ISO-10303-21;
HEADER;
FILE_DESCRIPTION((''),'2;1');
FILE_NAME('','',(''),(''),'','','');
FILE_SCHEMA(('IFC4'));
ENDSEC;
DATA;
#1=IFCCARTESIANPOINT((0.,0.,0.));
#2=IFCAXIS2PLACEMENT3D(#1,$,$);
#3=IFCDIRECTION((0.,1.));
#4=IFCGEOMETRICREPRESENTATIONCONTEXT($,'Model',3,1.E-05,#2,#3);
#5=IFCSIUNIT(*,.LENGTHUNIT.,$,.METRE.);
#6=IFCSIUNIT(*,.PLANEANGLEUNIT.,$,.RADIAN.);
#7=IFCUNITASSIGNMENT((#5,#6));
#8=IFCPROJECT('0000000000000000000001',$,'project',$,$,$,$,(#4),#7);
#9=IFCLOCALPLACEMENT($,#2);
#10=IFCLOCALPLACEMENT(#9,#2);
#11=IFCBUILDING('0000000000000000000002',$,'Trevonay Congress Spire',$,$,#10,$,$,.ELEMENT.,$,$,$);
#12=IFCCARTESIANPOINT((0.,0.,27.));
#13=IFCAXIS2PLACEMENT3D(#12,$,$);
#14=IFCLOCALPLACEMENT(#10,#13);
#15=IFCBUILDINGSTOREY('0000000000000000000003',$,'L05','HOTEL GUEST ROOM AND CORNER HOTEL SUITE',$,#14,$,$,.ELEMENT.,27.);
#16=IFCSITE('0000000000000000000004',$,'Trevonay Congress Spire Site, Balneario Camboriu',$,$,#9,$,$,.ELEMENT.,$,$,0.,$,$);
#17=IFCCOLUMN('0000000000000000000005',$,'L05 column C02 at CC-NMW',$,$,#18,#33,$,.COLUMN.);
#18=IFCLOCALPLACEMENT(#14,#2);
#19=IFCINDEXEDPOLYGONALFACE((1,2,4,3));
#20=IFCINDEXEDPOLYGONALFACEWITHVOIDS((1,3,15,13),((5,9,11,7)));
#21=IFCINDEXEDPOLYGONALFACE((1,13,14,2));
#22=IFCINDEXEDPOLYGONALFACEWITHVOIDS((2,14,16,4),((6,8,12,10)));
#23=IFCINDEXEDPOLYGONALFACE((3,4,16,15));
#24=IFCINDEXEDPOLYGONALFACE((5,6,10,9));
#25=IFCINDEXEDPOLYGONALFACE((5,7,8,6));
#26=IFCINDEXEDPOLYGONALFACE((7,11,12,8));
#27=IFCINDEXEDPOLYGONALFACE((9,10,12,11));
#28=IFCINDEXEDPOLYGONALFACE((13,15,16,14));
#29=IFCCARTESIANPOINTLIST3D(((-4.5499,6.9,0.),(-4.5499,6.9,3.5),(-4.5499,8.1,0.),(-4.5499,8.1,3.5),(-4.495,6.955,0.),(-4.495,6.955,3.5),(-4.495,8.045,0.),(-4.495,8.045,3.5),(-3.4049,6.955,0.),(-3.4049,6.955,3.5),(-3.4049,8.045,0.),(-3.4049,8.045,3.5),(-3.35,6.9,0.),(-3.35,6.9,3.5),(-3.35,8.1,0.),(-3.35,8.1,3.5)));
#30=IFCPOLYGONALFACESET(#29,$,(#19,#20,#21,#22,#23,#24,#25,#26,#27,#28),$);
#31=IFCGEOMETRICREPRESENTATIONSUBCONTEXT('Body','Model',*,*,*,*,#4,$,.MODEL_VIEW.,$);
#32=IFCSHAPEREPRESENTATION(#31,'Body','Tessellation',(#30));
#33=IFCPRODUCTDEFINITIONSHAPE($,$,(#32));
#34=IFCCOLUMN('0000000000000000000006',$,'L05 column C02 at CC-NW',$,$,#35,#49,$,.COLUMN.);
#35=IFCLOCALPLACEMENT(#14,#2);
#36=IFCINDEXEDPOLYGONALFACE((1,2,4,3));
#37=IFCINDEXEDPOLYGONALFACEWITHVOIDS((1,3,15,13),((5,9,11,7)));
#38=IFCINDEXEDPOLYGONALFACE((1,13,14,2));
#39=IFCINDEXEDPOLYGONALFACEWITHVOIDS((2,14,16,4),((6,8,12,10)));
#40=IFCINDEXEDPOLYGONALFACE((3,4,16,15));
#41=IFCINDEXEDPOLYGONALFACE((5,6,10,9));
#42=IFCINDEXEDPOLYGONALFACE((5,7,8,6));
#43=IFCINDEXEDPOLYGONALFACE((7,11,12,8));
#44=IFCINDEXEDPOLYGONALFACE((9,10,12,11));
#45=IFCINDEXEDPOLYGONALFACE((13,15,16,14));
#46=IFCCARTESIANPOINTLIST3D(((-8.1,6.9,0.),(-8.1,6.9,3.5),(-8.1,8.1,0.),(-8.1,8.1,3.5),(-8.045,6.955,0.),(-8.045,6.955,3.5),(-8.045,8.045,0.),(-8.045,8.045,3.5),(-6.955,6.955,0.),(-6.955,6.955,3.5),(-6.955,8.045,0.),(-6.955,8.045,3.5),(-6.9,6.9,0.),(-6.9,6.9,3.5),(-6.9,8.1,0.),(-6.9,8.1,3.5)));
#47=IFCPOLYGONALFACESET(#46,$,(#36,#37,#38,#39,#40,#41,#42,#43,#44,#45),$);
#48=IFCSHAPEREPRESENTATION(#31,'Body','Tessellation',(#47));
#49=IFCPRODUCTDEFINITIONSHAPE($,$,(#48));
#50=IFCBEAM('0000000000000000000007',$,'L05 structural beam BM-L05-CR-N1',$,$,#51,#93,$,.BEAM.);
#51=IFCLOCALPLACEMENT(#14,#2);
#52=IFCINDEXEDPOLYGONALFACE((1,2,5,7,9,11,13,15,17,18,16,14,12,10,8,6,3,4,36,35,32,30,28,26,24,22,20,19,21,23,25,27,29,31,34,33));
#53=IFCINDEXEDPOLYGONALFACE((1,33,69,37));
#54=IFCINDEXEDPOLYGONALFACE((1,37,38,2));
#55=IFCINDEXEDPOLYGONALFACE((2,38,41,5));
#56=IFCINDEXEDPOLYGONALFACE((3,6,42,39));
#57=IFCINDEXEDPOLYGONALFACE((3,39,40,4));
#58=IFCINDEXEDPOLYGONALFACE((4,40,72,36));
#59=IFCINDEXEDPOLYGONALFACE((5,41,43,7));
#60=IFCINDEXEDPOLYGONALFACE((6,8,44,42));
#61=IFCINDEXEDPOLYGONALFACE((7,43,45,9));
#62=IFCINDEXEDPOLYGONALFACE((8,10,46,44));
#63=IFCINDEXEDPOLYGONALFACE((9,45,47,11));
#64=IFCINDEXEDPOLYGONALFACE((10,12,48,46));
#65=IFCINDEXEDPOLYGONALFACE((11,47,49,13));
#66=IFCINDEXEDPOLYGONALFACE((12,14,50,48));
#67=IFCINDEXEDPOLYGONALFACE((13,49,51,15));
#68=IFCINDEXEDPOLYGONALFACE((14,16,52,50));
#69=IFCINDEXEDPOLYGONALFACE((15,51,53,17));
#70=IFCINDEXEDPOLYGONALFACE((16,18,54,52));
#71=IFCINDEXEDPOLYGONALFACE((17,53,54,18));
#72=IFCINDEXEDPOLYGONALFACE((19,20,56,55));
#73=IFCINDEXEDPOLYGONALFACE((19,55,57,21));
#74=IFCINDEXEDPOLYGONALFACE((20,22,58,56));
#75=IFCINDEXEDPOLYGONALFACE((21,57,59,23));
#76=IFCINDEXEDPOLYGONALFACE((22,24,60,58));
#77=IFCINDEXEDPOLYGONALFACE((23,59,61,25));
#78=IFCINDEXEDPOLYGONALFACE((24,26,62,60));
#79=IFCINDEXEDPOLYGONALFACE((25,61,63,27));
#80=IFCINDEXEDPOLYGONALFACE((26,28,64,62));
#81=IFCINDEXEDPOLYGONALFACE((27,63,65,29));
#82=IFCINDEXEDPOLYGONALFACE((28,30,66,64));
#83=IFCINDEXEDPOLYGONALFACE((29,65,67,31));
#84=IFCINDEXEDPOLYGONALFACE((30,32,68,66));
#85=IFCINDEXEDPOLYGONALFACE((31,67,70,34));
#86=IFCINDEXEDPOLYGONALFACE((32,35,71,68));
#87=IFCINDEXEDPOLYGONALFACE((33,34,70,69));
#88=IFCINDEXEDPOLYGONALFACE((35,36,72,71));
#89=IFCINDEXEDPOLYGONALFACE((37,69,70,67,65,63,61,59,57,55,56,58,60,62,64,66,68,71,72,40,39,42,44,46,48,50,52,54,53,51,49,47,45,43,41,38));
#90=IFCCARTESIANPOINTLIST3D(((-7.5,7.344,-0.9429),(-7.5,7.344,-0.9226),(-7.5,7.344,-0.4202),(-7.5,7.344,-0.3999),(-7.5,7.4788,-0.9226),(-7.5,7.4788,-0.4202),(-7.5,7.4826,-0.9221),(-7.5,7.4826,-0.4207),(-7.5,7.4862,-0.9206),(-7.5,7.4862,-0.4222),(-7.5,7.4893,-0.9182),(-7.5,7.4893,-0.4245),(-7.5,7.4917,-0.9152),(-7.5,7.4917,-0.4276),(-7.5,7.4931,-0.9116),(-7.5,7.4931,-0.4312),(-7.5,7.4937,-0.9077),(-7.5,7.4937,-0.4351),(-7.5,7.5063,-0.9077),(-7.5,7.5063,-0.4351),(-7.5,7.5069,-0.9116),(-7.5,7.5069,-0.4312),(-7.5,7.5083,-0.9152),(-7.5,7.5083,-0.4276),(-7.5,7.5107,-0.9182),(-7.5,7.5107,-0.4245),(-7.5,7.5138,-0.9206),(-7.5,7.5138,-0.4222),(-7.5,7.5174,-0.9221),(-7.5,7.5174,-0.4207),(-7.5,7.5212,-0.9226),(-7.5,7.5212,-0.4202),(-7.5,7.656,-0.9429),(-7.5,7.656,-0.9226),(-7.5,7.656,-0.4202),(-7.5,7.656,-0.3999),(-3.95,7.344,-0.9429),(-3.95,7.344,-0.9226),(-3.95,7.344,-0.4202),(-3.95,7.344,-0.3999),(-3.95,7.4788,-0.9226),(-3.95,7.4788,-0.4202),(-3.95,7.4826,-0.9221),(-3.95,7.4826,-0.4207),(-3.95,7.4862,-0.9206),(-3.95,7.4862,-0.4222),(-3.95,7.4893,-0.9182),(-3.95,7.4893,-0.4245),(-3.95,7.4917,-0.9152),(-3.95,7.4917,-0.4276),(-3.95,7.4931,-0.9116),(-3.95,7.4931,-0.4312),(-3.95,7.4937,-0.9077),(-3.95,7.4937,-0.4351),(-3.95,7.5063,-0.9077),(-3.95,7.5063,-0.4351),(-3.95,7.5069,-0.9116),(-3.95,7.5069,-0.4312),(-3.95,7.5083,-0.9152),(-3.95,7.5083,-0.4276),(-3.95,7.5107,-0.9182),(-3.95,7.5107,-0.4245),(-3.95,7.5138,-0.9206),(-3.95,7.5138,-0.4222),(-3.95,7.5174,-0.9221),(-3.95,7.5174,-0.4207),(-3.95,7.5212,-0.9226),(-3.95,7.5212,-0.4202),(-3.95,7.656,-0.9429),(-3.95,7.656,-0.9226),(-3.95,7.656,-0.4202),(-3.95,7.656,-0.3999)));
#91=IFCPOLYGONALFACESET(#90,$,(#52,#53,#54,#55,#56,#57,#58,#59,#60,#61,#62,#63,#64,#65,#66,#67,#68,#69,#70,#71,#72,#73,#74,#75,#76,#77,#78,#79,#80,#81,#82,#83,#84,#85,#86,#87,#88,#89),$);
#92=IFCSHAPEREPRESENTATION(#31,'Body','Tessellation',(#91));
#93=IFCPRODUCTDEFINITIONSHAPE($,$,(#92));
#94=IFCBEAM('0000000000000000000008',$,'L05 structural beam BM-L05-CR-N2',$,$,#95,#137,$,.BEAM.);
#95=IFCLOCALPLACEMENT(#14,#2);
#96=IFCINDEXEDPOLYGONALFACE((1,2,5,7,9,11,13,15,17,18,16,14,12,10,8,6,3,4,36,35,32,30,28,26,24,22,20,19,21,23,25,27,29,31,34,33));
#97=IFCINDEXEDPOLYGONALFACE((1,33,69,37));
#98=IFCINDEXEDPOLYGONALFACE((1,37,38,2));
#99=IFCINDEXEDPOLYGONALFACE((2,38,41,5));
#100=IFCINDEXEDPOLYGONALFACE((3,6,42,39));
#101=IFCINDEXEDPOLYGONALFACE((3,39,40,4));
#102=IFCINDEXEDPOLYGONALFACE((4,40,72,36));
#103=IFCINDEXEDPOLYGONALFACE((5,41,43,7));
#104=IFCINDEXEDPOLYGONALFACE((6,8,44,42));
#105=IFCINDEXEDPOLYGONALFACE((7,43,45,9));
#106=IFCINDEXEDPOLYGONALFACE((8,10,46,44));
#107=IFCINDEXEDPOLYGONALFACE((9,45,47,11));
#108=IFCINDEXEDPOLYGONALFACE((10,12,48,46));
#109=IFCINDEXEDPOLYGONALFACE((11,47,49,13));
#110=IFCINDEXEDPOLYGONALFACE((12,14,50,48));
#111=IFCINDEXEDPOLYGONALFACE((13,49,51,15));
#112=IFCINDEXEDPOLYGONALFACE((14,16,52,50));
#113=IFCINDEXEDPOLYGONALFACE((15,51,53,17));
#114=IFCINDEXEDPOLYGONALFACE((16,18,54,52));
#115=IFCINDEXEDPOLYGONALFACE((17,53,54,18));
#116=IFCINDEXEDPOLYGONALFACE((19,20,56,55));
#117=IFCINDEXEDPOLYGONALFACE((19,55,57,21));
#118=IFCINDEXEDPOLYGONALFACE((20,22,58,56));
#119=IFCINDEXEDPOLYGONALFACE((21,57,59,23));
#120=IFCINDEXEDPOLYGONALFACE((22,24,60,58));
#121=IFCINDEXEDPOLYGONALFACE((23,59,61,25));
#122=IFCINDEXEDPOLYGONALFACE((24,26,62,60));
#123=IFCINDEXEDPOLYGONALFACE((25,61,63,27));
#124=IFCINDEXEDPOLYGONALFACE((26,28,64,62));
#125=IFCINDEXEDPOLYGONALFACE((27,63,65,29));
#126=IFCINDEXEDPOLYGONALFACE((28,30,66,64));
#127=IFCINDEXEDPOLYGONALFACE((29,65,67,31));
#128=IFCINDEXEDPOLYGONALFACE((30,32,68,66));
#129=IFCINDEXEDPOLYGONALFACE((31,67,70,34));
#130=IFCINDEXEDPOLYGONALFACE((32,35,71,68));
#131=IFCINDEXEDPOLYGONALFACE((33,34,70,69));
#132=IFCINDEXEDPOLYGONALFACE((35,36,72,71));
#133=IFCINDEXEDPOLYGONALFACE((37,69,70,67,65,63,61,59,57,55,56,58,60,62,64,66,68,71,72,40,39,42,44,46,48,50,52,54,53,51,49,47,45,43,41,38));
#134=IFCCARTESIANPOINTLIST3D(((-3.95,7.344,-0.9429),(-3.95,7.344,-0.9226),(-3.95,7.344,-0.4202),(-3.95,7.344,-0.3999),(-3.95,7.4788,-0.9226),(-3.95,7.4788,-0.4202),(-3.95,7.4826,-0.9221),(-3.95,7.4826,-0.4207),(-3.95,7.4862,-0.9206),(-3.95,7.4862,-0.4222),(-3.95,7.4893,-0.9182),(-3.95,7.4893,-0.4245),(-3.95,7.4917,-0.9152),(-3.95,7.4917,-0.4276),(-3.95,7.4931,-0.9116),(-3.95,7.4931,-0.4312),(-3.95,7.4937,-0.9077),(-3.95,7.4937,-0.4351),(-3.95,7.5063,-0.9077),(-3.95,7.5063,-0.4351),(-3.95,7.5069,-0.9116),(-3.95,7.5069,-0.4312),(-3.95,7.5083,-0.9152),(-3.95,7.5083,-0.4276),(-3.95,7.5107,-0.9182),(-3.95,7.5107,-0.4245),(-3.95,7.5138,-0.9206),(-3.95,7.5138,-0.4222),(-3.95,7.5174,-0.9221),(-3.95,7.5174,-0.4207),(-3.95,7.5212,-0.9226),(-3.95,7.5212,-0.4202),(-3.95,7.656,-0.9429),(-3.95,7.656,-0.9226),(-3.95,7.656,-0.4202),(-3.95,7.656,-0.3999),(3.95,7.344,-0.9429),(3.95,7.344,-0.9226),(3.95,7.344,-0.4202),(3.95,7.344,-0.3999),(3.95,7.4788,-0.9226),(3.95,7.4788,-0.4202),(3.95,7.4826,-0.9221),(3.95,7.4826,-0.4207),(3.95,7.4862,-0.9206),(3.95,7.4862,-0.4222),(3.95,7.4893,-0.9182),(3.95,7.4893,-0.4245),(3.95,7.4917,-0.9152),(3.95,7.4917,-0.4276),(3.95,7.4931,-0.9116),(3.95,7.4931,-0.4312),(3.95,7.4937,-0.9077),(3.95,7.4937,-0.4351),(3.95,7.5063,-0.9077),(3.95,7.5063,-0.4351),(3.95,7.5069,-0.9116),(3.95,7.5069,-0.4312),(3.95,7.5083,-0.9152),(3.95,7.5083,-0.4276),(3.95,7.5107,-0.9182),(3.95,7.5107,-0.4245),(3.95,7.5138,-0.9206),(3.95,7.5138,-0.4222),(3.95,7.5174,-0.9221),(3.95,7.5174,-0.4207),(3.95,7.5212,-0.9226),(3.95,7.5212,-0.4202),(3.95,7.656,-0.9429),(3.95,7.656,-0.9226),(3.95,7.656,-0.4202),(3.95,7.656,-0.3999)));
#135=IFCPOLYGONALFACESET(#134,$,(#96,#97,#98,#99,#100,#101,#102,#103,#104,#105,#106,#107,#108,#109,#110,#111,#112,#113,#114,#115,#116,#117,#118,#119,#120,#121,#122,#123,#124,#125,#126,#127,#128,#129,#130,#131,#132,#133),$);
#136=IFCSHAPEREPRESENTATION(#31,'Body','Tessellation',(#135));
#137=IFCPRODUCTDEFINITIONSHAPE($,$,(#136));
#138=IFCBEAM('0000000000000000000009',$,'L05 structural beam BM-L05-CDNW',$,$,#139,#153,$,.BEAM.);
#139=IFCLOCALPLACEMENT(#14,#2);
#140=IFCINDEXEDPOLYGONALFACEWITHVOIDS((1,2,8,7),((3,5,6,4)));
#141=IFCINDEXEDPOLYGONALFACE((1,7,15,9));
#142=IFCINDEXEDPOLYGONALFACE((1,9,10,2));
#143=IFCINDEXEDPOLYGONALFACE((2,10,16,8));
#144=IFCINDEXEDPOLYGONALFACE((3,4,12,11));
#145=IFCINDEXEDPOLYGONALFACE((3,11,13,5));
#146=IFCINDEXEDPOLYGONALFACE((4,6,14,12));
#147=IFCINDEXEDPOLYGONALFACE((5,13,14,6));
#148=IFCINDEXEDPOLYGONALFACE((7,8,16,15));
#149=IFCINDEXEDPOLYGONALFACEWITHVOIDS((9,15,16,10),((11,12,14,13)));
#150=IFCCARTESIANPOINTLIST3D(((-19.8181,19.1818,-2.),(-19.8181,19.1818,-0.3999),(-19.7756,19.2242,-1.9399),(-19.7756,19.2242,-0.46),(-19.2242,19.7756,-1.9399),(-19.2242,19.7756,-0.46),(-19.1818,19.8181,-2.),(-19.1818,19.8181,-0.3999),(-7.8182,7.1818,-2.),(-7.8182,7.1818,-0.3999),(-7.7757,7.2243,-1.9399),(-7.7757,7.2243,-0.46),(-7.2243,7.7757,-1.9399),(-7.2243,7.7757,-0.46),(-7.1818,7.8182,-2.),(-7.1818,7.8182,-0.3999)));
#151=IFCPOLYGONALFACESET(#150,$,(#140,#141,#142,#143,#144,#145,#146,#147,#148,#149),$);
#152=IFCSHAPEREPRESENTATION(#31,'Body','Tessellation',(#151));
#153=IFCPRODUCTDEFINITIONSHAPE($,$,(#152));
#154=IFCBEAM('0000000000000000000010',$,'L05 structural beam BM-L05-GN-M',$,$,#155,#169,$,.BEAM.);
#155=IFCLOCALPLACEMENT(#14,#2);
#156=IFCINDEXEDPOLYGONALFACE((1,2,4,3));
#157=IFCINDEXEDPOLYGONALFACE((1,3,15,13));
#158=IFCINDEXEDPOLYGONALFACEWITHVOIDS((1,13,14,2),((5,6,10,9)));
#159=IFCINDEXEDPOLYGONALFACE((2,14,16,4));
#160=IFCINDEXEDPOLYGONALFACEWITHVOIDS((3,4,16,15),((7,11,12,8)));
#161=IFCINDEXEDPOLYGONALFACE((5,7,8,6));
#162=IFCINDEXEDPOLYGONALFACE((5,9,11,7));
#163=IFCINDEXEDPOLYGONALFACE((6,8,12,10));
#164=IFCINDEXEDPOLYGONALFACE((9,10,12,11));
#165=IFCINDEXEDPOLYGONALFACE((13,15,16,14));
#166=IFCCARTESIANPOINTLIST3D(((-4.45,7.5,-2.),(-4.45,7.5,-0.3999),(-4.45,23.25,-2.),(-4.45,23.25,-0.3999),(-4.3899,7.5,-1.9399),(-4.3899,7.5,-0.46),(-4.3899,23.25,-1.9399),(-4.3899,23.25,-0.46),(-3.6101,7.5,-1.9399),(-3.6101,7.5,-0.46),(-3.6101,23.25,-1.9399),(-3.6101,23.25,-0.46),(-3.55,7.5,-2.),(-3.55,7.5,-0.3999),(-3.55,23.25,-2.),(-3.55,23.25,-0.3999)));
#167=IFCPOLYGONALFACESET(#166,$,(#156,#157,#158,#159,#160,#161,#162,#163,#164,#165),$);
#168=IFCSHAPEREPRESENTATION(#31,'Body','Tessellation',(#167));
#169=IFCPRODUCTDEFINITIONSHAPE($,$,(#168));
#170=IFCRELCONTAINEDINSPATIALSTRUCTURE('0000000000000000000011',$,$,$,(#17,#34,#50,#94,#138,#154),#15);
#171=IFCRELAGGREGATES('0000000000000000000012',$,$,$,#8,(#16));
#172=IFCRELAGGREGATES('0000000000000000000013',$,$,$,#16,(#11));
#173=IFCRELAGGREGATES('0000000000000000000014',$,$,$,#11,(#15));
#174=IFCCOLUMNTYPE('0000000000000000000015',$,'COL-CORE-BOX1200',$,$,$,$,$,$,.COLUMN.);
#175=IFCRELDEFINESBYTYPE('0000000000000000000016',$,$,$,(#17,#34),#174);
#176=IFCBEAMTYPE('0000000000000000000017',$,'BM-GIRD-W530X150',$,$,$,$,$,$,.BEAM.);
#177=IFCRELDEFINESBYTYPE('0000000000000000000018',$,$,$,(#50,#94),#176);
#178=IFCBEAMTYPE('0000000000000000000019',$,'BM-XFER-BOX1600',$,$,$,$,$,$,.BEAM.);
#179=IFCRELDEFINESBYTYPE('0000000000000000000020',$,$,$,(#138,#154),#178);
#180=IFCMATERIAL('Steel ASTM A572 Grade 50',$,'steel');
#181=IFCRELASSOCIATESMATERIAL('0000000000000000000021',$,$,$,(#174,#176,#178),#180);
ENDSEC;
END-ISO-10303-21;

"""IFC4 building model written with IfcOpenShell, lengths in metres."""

from ifc_helpers import new_model, si_unit, direction, frame, origin, origin_2d, place, context, subcontext, project, spatial, hollow_rectangle, i_section, extrude, material, material_profile, profile_set, type_object, element, save


model = new_model("IFC4")

# Units and contexts
model_context = context("Model", 3, precision=1e-05, world=origin(), true_north=direction((0.0, 1.0)))
body_context = subcontext(model_context, "Body", "Model", "MODEL_VIEW")
ifc_project = project(units=[si_unit("LENGTHUNIT", "METRE"), si_unit("PLANEANGLEUNIT", "RADIAN")], contexts=[model_context])

# Site, building, storey
site_placement = place(None, origin())
site = spatial("IfcSite", under=ifc_project, at=site_placement, Name="Trevonay Congress Spire Site, Balneario Camboriu", CompositionType="ELEMENT", RefElevation=0.0)
building_placement = place(site_placement, origin())
building = spatial("IfcBuilding", under=site, at=building_placement, Name="Trevonay Congress Spire", CompositionType="ELEMENT")
storey_placement = place(building_placement, frame((0.0, 0.0, 27.0)))
storey = spatial("IfcBuildingStorey", under=building, at=storey_placement, Name="L05", Description="HOTEL GUEST ROOM AND CORNER HOTEL SUITE", CompositionType="ELEMENT", Elevation=27.0)

# Columns
ifc_material_1 = material(Name="Steel ASTM A572 Grade 50", Category="steel")
ifc_material_profile_1 = material_profile(ifc_material_1, hollow_rectangle(XDim=1.2, YDim=1.2, WallThickness=0.0549, at=origin_2d()), Name="BOX 1200x1200x55")
ifc_profile_set_1 = profile_set([ifc_material_profile_1], Name="Steel ASTM A572 Grade 50")
column_type = type_object("IfcColumnType", Name="COL-CORE-BOX1200", PredefinedType="COLUMN", material=ifc_profile_set_1)
for number, where, z_axis, x_axis, name in (
    (1, (-3.95, 7.5, 0.0), (0.0, 0.0, 1.0), (1.0, 0.0, 0.0), "L05 column C02 at CC-NMW"),
    (2, (-7.5, 7.5, 0.0), (0.0, 0.0, 1.0), (1.0, 0.0, 0.0), "L05 column C02 at CC-NW"),
):
    element("IfcColumn", number, at=place(storey_placement, frame(where, z_axis=z_axis, x_axis=x_axis)), inside=storey, type_object=column_type, Name=name, PredefinedType="COLUMN", context=body_context, shape_type="SweptSolid", body=[
        extrude(hollow_rectangle(XDim=1.2, YDim=1.2, WallThickness=0.0549, at=origin_2d()), origin(), (0.0, 0.0, 1.0), 3.5),
    ])

# Beams
ifc_material_profile_2 = material_profile(ifc_material_1, i_section(OverallWidth=0.312, OverallDepth=0.543, WebThickness=0.0127, FlangeThickness=0.0203, FilletRadius=0.0149, at=origin_2d()), Name="W530x150")
ifc_profile_set_2 = profile_set([ifc_material_profile_2], Name="Steel ASTM A572 Grade 50")
beam_type_1 = type_object("IfcBeamType", Name="BM-GIRD-W530X150", PredefinedType="BEAM", material=ifc_profile_set_2)
beam_1_placement = place(storey_placement, frame((-7.5, 7.5, -0.6714), z_axis=(1.0, 0.0, 0.0), x_axis=(0.0, 1.0, 0.0)))
element("IfcBeam", 3, at=beam_1_placement, inside=storey, type_object=beam_type_1, Name="L05 structural beam BM-L05-CR-N1", PredefinedType="BEAM", context=body_context, shape_type="SweptSolid", body=[
    extrude(i_section(OverallWidth=0.312, OverallDepth=0.543, WebThickness=0.0127, FlangeThickness=0.0203, FilletRadius=0.0149, at=origin_2d()), origin(), (0.0, 0.0, 1.0), 3.55),
])
beam_2_placement = place(storey_placement, frame((-3.95, 7.5, -0.6714), z_axis=(1.0, 0.0, 0.0), x_axis=(0.0, 1.0, 0.0)))
element("IfcBeam", 4, at=beam_2_placement, inside=storey, type_object=beam_type_1, Name="L05 structural beam BM-L05-CR-N2", PredefinedType="BEAM", context=body_context, shape_type="SweptSolid", body=[
    extrude(i_section(OverallWidth=0.312, OverallDepth=0.543, WebThickness=0.0127, FlangeThickness=0.0203, FilletRadius=0.0149, at=origin_2d()), origin(), (0.0, 0.0, 1.0), 7.8999),
])
ifc_material_profile_3 = material_profile(ifc_material_1, hollow_rectangle(XDim=0.8999, YDim=1.6001, WallThickness=0.0601, at=origin_2d()), Name="BOX 1600x900x60")
ifc_profile_set_3 = profile_set([ifc_material_profile_3], Name="Steel ASTM A572 Grade 50")
beam_type_2 = type_object("IfcBeamType", Name="BM-XFER-BOX1600", PredefinedType="BEAM", material=ifc_profile_set_3)
beam_3_placement = place(storey_placement, frame((-7.5, 7.5, -1.2), z_axis=(-0.707107, 0.707107, 0.0), x_axis=(-0.707107, -0.707107, 0.0)))
element("IfcBeam", 5, at=beam_3_placement, inside=storey, type_object=beam_type_2, Name="L05 structural beam BM-L05-CDNW", PredefinedType="BEAM", context=body_context, shape_type="SweptSolid", body=[
    extrude(hollow_rectangle(XDim=0.8999, YDim=1.6001, WallThickness=0.0601, at=origin_2d()), origin(), (0.0, 0.0, 1.0), 16.9705),
])
beam_4_placement = place(storey_placement, frame((-4.0, 7.5, -1.2), z_axis=(0.0, 1.0, 0.0), x_axis=(-1.0, 0.0, 0.0)))
element("IfcBeam", 6, at=beam_4_placement, inside=storey, type_object=beam_type_2, Name="L05 structural beam BM-L05-GN-M", PredefinedType="BEAM", context=body_context, shape_type="SweptSolid", body=[
    extrude(hollow_rectangle(XDim=0.8999, YDim=1.6001, WallThickness=0.0601, at=origin_2d()), origin(), (0.0, 0.0, 1.0), 15.75),
])

save(model, "model.ifc")
